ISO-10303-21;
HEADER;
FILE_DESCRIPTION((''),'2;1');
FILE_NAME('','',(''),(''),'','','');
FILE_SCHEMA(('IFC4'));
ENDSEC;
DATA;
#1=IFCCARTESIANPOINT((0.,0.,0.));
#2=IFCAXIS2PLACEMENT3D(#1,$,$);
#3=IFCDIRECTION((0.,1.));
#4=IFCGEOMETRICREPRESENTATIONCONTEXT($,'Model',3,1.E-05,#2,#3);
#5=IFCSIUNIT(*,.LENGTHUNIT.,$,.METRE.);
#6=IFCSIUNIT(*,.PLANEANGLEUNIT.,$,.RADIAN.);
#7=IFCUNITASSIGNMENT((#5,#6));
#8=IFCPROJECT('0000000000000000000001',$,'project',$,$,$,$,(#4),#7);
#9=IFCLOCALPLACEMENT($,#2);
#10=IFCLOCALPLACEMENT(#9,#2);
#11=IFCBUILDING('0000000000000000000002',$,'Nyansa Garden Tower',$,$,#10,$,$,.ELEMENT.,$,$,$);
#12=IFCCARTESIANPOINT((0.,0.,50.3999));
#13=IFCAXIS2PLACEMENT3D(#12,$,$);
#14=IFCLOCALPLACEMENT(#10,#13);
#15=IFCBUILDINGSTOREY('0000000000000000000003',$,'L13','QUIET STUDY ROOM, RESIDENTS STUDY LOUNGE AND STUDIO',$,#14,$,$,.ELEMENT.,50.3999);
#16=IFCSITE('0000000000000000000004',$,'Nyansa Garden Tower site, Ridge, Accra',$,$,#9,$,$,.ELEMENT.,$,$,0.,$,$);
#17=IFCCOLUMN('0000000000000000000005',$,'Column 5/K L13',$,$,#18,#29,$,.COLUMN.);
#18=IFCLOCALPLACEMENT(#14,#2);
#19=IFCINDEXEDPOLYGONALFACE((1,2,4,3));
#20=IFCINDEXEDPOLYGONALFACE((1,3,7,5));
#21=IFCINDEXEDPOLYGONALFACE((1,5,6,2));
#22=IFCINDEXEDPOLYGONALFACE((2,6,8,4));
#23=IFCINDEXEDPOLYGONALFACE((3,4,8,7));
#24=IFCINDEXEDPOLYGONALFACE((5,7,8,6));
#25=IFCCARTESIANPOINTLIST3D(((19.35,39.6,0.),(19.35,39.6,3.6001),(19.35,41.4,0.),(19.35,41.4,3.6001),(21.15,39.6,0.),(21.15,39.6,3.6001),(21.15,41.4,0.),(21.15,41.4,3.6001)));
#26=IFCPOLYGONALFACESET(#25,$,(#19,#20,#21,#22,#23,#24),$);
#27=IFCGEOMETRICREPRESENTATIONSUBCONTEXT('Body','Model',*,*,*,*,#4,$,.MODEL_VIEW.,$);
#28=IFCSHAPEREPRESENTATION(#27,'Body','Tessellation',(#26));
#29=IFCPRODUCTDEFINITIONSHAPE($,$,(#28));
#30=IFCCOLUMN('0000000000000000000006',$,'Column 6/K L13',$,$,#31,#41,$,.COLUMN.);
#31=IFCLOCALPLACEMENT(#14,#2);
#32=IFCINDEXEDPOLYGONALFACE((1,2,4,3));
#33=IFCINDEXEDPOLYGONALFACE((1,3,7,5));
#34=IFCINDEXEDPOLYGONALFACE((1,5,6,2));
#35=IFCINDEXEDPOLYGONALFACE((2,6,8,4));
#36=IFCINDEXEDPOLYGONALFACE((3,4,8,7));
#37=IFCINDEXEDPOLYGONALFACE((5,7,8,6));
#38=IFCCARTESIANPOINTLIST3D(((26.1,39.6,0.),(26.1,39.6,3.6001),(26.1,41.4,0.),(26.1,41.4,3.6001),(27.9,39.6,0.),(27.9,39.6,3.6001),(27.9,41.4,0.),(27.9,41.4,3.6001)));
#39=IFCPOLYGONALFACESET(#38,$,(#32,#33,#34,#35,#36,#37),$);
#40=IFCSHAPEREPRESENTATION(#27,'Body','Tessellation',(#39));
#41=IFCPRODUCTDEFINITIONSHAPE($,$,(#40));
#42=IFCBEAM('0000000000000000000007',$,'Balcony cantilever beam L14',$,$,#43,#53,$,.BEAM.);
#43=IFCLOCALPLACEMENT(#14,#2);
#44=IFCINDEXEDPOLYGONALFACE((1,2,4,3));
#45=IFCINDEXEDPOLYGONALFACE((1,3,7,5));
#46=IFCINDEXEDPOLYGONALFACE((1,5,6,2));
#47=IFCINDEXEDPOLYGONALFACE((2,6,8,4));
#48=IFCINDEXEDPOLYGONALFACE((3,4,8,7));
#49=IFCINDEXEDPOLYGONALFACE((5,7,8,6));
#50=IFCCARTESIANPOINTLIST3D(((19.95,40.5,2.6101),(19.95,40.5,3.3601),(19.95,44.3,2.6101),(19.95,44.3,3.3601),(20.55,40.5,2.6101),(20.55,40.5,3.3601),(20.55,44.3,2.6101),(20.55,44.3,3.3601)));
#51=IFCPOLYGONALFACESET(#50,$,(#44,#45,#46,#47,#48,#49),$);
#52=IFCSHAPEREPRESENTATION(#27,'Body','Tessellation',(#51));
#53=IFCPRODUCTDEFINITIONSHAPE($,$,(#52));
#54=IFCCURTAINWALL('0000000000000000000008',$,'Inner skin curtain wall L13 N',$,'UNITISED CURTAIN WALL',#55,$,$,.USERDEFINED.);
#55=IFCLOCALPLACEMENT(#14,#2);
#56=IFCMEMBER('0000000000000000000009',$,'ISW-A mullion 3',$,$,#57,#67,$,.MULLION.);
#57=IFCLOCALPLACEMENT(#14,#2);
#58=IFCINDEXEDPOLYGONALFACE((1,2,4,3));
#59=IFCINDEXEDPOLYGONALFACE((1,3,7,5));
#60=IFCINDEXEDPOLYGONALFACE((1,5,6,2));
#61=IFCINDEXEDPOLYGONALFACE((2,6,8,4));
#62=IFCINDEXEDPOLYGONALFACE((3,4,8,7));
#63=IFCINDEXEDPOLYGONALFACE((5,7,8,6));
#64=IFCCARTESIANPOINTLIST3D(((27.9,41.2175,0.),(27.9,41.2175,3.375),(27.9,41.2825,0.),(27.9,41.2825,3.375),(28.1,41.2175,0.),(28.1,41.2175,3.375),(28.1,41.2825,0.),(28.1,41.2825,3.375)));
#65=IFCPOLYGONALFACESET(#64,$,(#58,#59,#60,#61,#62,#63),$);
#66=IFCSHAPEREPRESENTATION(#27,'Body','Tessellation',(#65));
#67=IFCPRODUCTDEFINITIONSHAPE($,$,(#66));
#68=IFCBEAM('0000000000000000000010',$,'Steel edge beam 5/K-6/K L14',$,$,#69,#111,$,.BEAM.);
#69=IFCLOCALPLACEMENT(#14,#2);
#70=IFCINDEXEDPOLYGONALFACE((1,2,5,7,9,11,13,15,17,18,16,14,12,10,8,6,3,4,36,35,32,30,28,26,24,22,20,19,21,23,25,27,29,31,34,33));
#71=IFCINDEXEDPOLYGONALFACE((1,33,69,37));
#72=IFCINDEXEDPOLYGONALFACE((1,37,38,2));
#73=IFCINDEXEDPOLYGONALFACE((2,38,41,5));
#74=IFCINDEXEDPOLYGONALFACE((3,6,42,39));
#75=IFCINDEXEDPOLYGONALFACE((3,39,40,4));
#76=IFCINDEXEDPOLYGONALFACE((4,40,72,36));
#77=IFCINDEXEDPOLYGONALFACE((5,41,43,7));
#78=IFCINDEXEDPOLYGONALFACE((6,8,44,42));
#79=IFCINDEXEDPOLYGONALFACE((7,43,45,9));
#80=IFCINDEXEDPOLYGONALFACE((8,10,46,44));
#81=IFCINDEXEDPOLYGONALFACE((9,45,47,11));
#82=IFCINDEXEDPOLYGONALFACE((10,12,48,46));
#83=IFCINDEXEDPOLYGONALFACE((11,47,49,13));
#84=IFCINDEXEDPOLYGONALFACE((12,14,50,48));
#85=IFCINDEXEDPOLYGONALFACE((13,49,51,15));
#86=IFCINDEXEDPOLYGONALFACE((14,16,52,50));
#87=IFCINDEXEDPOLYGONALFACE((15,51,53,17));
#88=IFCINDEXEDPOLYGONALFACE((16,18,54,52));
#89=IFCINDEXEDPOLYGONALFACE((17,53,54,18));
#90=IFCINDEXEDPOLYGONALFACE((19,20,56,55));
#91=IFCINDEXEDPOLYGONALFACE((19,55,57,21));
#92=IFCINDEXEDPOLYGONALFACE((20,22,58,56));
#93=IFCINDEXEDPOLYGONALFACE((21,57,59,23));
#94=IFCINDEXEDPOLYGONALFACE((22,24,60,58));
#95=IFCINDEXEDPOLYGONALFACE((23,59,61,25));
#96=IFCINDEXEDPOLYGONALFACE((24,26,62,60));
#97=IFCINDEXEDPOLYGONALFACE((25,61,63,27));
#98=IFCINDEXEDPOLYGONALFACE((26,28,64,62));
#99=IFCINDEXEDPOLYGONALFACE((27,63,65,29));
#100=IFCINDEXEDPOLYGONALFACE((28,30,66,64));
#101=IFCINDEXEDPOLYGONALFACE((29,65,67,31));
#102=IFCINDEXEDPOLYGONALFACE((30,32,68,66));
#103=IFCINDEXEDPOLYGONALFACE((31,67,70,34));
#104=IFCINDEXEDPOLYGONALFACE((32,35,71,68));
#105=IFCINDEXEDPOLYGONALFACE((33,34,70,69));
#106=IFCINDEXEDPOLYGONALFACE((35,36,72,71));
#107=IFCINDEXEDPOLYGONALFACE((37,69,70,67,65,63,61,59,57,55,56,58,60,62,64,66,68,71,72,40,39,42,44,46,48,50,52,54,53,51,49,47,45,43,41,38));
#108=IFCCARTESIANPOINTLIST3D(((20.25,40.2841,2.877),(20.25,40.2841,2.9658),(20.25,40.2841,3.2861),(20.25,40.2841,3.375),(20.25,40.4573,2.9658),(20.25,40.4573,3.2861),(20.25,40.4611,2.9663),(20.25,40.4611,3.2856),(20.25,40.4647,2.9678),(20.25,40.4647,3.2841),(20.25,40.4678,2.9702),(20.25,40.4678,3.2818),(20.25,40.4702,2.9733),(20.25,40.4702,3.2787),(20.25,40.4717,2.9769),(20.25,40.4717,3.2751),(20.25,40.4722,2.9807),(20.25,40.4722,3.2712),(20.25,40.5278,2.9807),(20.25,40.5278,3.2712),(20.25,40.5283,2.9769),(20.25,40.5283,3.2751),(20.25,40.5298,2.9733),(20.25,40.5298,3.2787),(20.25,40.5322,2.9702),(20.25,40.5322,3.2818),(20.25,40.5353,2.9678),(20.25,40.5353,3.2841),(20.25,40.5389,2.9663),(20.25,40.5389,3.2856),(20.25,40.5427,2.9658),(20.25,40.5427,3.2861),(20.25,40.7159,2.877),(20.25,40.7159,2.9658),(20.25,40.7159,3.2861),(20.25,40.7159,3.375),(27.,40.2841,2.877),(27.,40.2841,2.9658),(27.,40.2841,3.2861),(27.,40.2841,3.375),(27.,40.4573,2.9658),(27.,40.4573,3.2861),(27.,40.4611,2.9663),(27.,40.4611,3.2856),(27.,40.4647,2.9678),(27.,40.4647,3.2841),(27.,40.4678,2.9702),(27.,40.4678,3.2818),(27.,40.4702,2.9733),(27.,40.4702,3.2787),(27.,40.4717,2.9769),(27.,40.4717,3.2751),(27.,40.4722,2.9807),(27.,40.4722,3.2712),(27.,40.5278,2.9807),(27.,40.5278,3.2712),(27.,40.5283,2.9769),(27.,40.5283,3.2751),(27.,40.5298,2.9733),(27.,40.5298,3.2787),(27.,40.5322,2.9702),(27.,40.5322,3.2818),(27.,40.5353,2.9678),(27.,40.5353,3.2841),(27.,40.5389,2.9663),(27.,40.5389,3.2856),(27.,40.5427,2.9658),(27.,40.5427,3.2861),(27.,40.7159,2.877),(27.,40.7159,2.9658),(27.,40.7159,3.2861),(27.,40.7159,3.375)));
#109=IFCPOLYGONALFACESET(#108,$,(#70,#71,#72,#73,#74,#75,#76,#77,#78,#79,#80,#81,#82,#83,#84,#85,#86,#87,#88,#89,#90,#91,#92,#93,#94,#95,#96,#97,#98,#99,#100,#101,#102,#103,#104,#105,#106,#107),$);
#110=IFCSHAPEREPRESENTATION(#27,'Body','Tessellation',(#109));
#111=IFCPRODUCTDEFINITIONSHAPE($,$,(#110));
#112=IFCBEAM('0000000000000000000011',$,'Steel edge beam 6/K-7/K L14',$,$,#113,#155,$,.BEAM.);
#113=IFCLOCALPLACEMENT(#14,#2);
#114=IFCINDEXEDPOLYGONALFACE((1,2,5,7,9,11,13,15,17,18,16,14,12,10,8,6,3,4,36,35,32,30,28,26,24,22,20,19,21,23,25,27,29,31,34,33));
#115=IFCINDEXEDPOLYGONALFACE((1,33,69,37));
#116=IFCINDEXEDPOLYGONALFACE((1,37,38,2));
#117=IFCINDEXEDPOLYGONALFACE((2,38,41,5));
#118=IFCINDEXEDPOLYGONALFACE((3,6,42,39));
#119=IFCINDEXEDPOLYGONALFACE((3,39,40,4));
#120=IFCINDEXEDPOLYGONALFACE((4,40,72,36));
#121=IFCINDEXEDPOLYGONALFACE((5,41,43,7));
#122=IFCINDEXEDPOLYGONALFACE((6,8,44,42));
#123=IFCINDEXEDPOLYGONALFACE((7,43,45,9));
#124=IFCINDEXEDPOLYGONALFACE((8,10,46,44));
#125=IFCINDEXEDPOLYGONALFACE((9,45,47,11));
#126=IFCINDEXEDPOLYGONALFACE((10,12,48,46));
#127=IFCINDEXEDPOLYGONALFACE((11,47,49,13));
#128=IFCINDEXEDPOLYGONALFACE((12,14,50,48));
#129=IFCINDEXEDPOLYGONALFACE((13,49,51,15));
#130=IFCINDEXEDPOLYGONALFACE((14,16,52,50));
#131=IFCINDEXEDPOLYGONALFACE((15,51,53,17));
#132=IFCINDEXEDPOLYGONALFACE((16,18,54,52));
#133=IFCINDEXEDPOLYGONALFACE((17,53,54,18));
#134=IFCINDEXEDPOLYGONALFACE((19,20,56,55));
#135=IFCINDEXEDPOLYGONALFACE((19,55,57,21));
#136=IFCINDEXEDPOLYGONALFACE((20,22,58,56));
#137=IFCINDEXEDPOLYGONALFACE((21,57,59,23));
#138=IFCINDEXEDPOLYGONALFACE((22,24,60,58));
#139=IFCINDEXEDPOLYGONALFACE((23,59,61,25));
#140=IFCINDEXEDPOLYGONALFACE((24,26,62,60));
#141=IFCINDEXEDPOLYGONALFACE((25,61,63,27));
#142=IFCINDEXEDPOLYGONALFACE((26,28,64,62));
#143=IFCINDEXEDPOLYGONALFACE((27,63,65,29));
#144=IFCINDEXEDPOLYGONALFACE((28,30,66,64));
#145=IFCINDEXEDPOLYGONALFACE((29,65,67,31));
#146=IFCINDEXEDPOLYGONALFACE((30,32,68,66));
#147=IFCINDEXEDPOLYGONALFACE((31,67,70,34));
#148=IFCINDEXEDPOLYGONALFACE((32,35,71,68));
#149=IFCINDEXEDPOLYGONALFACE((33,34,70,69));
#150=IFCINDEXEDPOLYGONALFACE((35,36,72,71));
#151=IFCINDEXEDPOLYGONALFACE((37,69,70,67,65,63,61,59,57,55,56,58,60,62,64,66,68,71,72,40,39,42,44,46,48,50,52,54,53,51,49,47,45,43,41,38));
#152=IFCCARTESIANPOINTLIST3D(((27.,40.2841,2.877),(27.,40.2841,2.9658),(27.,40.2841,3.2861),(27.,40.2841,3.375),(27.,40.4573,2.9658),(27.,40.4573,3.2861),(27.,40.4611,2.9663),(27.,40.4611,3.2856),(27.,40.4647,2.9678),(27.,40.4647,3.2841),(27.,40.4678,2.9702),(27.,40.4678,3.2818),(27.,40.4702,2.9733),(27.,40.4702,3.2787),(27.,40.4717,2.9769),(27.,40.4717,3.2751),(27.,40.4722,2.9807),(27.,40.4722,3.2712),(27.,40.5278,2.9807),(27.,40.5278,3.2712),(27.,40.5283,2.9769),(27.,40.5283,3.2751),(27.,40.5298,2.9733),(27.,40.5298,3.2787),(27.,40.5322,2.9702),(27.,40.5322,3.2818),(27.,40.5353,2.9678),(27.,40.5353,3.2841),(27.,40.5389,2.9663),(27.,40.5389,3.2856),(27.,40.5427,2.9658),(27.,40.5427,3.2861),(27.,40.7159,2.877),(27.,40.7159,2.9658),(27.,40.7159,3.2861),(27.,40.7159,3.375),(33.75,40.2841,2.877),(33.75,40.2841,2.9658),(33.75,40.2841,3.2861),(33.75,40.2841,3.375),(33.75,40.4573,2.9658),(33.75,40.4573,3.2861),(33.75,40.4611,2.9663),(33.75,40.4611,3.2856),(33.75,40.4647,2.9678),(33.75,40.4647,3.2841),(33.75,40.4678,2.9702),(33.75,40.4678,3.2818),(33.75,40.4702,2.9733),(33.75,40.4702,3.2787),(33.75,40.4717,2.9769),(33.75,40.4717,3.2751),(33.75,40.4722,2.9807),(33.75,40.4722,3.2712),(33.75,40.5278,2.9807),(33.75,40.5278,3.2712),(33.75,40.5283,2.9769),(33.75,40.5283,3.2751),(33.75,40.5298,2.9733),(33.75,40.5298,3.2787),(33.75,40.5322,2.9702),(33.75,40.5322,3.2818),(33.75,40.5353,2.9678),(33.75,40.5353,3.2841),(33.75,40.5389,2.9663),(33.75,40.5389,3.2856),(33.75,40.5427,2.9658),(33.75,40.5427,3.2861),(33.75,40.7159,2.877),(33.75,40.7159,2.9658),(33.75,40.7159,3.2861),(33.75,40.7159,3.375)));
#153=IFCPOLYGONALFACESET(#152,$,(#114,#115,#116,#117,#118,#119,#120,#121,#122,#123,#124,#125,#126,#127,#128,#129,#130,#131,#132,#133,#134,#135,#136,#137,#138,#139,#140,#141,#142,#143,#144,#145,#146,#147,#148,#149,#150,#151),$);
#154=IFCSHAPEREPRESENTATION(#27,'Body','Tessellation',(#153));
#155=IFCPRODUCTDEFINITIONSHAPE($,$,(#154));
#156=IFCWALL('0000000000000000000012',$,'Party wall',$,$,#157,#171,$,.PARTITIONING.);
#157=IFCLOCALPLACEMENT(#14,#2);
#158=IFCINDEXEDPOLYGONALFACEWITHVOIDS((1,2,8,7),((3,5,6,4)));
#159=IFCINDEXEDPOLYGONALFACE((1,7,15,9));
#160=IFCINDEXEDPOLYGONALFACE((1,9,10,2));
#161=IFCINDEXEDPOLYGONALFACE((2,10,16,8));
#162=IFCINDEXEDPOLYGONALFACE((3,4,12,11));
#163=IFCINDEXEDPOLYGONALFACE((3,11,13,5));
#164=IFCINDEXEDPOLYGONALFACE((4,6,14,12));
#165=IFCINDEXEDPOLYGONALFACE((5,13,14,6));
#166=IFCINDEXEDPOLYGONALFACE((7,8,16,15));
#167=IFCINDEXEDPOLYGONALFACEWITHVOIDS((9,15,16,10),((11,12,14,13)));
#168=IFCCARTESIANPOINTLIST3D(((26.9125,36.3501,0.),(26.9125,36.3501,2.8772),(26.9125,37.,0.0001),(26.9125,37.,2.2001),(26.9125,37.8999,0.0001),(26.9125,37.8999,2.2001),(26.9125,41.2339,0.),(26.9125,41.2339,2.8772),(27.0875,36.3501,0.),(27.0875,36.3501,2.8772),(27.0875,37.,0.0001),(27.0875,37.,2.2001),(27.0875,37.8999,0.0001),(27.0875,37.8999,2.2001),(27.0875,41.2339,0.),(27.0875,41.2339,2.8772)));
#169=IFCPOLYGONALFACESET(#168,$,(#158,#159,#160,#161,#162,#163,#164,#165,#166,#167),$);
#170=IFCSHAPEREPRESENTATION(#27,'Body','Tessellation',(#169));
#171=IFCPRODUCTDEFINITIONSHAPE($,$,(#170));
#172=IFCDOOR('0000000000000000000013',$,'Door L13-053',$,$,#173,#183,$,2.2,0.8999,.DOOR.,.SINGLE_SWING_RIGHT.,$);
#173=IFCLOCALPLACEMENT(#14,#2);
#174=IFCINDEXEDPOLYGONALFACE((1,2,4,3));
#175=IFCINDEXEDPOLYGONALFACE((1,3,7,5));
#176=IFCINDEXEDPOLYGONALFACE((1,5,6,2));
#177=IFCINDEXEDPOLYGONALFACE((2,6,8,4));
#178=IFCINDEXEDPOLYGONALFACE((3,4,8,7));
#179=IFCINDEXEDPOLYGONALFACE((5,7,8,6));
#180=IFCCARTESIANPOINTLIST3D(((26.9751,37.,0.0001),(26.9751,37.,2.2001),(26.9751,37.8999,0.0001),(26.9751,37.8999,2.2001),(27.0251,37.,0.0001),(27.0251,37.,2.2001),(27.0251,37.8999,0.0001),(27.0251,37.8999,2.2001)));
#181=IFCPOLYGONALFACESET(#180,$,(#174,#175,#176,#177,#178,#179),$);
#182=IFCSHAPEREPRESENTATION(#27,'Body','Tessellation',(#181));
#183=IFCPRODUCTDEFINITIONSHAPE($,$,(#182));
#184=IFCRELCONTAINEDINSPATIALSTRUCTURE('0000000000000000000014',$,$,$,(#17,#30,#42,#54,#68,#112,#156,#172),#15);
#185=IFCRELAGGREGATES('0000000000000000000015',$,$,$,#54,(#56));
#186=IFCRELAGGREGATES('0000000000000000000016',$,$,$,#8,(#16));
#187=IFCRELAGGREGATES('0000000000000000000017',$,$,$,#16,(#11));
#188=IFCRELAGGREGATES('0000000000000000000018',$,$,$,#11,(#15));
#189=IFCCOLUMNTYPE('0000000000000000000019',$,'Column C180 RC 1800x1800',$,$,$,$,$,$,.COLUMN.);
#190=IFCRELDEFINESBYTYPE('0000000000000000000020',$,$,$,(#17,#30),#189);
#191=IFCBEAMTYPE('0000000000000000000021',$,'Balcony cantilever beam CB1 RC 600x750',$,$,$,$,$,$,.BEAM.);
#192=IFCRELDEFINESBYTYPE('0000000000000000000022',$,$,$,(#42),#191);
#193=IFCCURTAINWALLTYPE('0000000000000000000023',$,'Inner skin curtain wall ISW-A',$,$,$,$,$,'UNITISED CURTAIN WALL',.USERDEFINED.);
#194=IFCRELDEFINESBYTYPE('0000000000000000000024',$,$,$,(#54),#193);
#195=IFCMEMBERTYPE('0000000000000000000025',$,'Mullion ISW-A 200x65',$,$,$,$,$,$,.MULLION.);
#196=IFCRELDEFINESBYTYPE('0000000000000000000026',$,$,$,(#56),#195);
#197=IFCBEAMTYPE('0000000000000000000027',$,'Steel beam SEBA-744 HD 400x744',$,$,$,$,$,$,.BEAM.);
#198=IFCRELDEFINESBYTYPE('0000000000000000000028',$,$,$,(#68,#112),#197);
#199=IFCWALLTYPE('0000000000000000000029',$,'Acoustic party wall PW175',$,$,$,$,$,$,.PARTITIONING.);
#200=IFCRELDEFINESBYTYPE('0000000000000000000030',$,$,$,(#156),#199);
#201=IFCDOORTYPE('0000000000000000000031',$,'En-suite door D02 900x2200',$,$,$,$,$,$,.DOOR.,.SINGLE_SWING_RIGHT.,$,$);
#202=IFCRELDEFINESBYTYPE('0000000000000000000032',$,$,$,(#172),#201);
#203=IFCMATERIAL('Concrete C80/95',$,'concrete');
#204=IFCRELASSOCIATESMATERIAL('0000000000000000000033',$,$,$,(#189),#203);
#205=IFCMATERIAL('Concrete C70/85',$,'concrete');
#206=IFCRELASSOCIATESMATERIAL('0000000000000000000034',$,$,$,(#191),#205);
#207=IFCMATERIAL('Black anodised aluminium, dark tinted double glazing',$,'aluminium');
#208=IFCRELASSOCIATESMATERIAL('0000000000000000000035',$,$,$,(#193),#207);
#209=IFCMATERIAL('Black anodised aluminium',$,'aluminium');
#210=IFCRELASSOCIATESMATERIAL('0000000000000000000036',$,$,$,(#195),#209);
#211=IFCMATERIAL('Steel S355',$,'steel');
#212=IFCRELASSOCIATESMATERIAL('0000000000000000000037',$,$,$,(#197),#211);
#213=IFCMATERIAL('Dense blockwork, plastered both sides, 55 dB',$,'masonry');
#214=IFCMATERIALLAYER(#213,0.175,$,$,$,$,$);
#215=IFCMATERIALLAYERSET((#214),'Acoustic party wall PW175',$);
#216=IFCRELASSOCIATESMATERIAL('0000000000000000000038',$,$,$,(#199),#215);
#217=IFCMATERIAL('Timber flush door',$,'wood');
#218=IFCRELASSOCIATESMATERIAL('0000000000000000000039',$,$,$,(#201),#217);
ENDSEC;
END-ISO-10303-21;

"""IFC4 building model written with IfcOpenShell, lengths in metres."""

from ifc_helpers import new_model, si_unit, direction, frame, frame_2d, origin, origin_2d, place, context, subcontext, project, spatial, rectangle, i_section, extrude, material, layer, layer_set, material_profile, profile_set, type_object, element, fill, aggregate, save


model = new_model("IFC4")

# Units and contexts
model_context = context("Model", 3, precision=1e-05, world=origin(), true_north=direction((0.0, 1.0)))
body_context = subcontext(model_context, "Body", "Model", "MODEL_VIEW")
ifc_project = project(units=[si_unit("LENGTHUNIT", "METRE"), si_unit("PLANEANGLEUNIT", "RADIAN")], contexts=[model_context])

# Site, building, storey
site_placement = place(None, origin())
site = spatial("IfcSite", under=ifc_project, at=site_placement, Name="Nyansa Garden Tower site, Ridge, Accra", CompositionType="ELEMENT", RefElevation=0.0)
building_placement = place(site_placement, origin())
building = spatial("IfcBuilding", under=site, at=building_placement, Name="Nyansa Garden Tower", CompositionType="ELEMENT")
storey_placement = place(building_placement, frame((0.0, 0.0, 50.3999)))
storey = spatial("IfcBuildingStorey", under=building, at=storey_placement, Name="L13", Description="QUIET STUDY ROOM, RESIDENTS STUDY LOUNGE AND STUDIO", CompositionType="ELEMENT", Elevation=50.3999)

# Columns
ifc_material_1 = material(Name="Concrete C80/95", Category="concrete")
ifc_material_profile_1 = material_profile(ifc_material_1, rectangle(XDim=1.8, YDim=1.8, at=origin_2d()), Name="RC 1800x1800")
ifc_profile_set_1 = profile_set([ifc_material_profile_1], Name="Concrete C80/95")
column_type = type_object("IfcColumnType", Name="Column C180 RC 1800x1800", PredefinedType="COLUMN", material=ifc_profile_set_1)
for number, where, z_axis, x_axis, name in (
    (1, (20.25, 40.5, 0.0), (0.0, 0.0, 1.0), (1.0, 0.0, 0.0), "Column 5/K L13"),
    (2, (27.0, 40.5, 0.0), (0.0, 0.0, 1.0), (1.0, 0.0, 0.0), "Column 6/K L13"),
):
    element("IfcColumn", number, at=place(storey_placement, frame(where, z_axis=z_axis, x_axis=x_axis)), inside=storey, type_object=column_type, Name=name, PredefinedType="COLUMN", context=body_context, shape_type="SweptSolid", body=[
        extrude(rectangle(XDim=1.8, YDim=1.8, at=origin_2d()), origin(), (0.0, 0.0, 1.0), 3.6001),
    ])

# Beam
ifc_material_2 = material(Name="Concrete C70/85", Category="concrete")
ifc_material_profile_2 = material_profile(ifc_material_2, rectangle(XDim=0.6001, YDim=0.75, at=origin_2d()), Name="RC 600x750")
ifc_profile_set_2 = profile_set([ifc_material_profile_2], Name="Concrete C70/85")
beam_type_1 = type_object("IfcBeamType", Name="Balcony cantilever beam CB1 RC 600x750", PredefinedType="BEAM", material=ifc_profile_set_2)
beam_placement = place(storey_placement, frame((20.25, 40.5, 2.9851), z_axis=(0.0, 1.0, 0.0), x_axis=(-1.0, 0.0, 0.0)))
element("IfcBeam", 3, at=beam_placement, inside=storey, type_object=beam_type_1, Name="Balcony cantilever beam L14", PredefinedType="BEAM", context=body_context, shape_type="SweptSolid", body=[
    extrude(rectangle(XDim=0.6001, YDim=0.75, at=origin_2d()), origin(), (0.0, 0.0, 1.0), 3.8),
])

# Curtain wall, member
ifc_material_3 = material(Name="Black anodised aluminium, dark tinted double glazing", Category="aluminium")
curtain_wall_type = type_object("IfcCurtainWallType", Name="Inner skin curtain wall ISW-A", ElementType="UNITISED CURTAIN WALL", PredefinedType="USERDEFINED", material=ifc_material_3)
curtain_wall_placement = place(storey_placement, origin())
curtain_wall = element("IfcCurtainWall", 4, at=curtain_wall_placement, inside=storey, type_object=curtain_wall_type, Name="Inner skin curtain wall L13 N", ObjectType="UNITISED CURTAIN WALL", PredefinedType="USERDEFINED")
ifc_material_4 = material(Name="Black anodised aluminium", Category="aluminium")
ifc_material_profile_3 = material_profile(ifc_material_4, rectangle(XDim=0.0649, YDim=0.2, at=origin_2d()), Name="Mullion 200x65")
ifc_profile_set_3 = profile_set([ifc_material_profile_3], Name="Black anodised aluminium")
member_type = type_object("IfcMemberType", Name="Mullion ISW-A 200x65", PredefinedType="MULLION", material=ifc_profile_set_3)
member_placement = place(storey_placement, frame((28.0, 41.25, 0.0), z_axis=(0.0, 0.0, 1.0), x_axis=(0.0, -1.0, 0.0)))
member = element("IfcMember", 5, at=member_placement, type_object=member_type, Name="ISW-A mullion 3", PredefinedType="MULLION", context=body_context, shape_type="SweptSolid", body=[
    extrude(rectangle(XDim=0.0649, YDim=0.2, at=origin_2d()), origin(), (0.0, 0.0, 1.0), 3.375),
])
aggregate(curtain_wall, [member])

# Beams
ifc_material_5 = material(Name="Steel S355", Category="steel")
ifc_material_profile_4 = material_profile(ifc_material_5, i_section(OverallWidth=0.4319, OverallDepth=0.498, WebThickness=0.0557, FlangeThickness=0.0889, FilletRadius=0.0149, at=origin_2d()), Name="HD 400x744")
ifc_profile_set_4 = profile_set([ifc_material_profile_4], Name="Steel S355")
beam_type_2 = type_object("IfcBeamType", Name="Steel beam SEBA-744 HD 400x744", PredefinedType="BEAM", material=ifc_profile_set_4)
for number, where, z_axis, x_axis, name in (
    (6, (20.25, 40.5, 3.126), (1.0, 0.0, 0.0), (0.0, 1.0, 0.0), "Steel edge beam 5/K-6/K L14"),
    (7, (27.0, 40.5, 3.126), (1.0, 0.0, 0.0), (0.0, 1.0, 0.0), "Steel edge beam 6/K-7/K L14"),
):
    element("IfcBeam", number, at=place(storey_placement, frame(where, z_axis=z_axis, x_axis=x_axis)), inside=storey, type_object=beam_type_2, Name=name, PredefinedType="BEAM", context=body_context, shape_type="SweptSolid", body=[
        extrude(i_section(OverallWidth=0.4319, OverallDepth=0.498, WebThickness=0.0557, FlangeThickness=0.0889, FilletRadius=0.0149, at=origin_2d()), origin(), (0.0, 0.0, 1.0), 6.75),
    ])

# Wall, opening, door
ifc_material_6 = material(Name="Dense blockwork, plastered both sides, 55 dB", Category="masonry")
ifc_layer_1 = layer(ifc_material_6, 0.175)
ifc_layer_set_1 = layer_set([ifc_layer_1], Name="Acoustic party wall PW175")
wall_type_1 = type_object("IfcWallType", Name="Acoustic party wall PW175", PredefinedType="PARTITIONING", material=ifc_layer_set_1)
wall_1_placement = place(storey_placement, frame((27.0, 36.3501, 0.0), z_axis=(0.0, 0.0, 1.0), x_axis=(0.0, 1.0, 0.0)))
wall_1 = element("IfcWall", 8, at=wall_1_placement, inside=storey, type_object=wall_type_1, Name="Party wall", PredefinedType="PARTITIONING", context=body_context, shape_type="SweptSolid", body=[
    extrude(rectangle(XDim=4.8838, YDim=0.175, at=frame_2d((2.4419, 0.0))), origin(), (0.0, 0.0, 1.0), 2.8772),
])
opening_1_placement = place(wall_1_placement, frame((0.6499, 0.0, 0.0)))
opening_1 = element("IfcOpeningElement", 9, at=opening_1_placement, cuts=wall_1, PredefinedType="OPENING", context=body_context, shape_type="SweptSolid", body=[
    extrude(rectangle(XDim=0.8999, YDim=2.2, at=frame_2d((0.45, 1.1001))), frame((0.0, 0.0974, 0.0), z_axis=(0.0, -1.0, 0.0), x_axis=(1.0, 0.0, 0.0)), (0.0, 0.0, 1.0), 0.1951),
])
ifc_material_7 = material(Name="Timber flush door", Category="wood")
door_type_1 = type_object("IfcDoorType", Name="En-suite door D02 900x2200", OperationType="SINGLE_SWING_RIGHT", PredefinedType="DOOR", material=ifc_material_7)
door_1_placement = place(opening_1_placement, origin())
door_1 = element("IfcDoor", 10, at=door_1_placement, inside=storey, type_object=door_type_1, Name="Door L13-053", OperationType="SINGLE_SWING_RIGHT", OverallHeight=2.2, OverallWidth=0.8999, PredefinedType="DOOR", context=body_context, shape_type="SweptSolid", body=[
    extrude(rectangle(XDim=0.8999, YDim=2.2, at=frame_2d((0.45, 1.1001))), frame((0.0, 0.0249, 0.0), z_axis=(0.0, -1.0, 0.0), x_axis=(1.0, 0.0, 0.0)), (0.0, 0.0, 1.0), 0.05),
])
fill(opening_1, door_1)

save(model, "model.ifc")
